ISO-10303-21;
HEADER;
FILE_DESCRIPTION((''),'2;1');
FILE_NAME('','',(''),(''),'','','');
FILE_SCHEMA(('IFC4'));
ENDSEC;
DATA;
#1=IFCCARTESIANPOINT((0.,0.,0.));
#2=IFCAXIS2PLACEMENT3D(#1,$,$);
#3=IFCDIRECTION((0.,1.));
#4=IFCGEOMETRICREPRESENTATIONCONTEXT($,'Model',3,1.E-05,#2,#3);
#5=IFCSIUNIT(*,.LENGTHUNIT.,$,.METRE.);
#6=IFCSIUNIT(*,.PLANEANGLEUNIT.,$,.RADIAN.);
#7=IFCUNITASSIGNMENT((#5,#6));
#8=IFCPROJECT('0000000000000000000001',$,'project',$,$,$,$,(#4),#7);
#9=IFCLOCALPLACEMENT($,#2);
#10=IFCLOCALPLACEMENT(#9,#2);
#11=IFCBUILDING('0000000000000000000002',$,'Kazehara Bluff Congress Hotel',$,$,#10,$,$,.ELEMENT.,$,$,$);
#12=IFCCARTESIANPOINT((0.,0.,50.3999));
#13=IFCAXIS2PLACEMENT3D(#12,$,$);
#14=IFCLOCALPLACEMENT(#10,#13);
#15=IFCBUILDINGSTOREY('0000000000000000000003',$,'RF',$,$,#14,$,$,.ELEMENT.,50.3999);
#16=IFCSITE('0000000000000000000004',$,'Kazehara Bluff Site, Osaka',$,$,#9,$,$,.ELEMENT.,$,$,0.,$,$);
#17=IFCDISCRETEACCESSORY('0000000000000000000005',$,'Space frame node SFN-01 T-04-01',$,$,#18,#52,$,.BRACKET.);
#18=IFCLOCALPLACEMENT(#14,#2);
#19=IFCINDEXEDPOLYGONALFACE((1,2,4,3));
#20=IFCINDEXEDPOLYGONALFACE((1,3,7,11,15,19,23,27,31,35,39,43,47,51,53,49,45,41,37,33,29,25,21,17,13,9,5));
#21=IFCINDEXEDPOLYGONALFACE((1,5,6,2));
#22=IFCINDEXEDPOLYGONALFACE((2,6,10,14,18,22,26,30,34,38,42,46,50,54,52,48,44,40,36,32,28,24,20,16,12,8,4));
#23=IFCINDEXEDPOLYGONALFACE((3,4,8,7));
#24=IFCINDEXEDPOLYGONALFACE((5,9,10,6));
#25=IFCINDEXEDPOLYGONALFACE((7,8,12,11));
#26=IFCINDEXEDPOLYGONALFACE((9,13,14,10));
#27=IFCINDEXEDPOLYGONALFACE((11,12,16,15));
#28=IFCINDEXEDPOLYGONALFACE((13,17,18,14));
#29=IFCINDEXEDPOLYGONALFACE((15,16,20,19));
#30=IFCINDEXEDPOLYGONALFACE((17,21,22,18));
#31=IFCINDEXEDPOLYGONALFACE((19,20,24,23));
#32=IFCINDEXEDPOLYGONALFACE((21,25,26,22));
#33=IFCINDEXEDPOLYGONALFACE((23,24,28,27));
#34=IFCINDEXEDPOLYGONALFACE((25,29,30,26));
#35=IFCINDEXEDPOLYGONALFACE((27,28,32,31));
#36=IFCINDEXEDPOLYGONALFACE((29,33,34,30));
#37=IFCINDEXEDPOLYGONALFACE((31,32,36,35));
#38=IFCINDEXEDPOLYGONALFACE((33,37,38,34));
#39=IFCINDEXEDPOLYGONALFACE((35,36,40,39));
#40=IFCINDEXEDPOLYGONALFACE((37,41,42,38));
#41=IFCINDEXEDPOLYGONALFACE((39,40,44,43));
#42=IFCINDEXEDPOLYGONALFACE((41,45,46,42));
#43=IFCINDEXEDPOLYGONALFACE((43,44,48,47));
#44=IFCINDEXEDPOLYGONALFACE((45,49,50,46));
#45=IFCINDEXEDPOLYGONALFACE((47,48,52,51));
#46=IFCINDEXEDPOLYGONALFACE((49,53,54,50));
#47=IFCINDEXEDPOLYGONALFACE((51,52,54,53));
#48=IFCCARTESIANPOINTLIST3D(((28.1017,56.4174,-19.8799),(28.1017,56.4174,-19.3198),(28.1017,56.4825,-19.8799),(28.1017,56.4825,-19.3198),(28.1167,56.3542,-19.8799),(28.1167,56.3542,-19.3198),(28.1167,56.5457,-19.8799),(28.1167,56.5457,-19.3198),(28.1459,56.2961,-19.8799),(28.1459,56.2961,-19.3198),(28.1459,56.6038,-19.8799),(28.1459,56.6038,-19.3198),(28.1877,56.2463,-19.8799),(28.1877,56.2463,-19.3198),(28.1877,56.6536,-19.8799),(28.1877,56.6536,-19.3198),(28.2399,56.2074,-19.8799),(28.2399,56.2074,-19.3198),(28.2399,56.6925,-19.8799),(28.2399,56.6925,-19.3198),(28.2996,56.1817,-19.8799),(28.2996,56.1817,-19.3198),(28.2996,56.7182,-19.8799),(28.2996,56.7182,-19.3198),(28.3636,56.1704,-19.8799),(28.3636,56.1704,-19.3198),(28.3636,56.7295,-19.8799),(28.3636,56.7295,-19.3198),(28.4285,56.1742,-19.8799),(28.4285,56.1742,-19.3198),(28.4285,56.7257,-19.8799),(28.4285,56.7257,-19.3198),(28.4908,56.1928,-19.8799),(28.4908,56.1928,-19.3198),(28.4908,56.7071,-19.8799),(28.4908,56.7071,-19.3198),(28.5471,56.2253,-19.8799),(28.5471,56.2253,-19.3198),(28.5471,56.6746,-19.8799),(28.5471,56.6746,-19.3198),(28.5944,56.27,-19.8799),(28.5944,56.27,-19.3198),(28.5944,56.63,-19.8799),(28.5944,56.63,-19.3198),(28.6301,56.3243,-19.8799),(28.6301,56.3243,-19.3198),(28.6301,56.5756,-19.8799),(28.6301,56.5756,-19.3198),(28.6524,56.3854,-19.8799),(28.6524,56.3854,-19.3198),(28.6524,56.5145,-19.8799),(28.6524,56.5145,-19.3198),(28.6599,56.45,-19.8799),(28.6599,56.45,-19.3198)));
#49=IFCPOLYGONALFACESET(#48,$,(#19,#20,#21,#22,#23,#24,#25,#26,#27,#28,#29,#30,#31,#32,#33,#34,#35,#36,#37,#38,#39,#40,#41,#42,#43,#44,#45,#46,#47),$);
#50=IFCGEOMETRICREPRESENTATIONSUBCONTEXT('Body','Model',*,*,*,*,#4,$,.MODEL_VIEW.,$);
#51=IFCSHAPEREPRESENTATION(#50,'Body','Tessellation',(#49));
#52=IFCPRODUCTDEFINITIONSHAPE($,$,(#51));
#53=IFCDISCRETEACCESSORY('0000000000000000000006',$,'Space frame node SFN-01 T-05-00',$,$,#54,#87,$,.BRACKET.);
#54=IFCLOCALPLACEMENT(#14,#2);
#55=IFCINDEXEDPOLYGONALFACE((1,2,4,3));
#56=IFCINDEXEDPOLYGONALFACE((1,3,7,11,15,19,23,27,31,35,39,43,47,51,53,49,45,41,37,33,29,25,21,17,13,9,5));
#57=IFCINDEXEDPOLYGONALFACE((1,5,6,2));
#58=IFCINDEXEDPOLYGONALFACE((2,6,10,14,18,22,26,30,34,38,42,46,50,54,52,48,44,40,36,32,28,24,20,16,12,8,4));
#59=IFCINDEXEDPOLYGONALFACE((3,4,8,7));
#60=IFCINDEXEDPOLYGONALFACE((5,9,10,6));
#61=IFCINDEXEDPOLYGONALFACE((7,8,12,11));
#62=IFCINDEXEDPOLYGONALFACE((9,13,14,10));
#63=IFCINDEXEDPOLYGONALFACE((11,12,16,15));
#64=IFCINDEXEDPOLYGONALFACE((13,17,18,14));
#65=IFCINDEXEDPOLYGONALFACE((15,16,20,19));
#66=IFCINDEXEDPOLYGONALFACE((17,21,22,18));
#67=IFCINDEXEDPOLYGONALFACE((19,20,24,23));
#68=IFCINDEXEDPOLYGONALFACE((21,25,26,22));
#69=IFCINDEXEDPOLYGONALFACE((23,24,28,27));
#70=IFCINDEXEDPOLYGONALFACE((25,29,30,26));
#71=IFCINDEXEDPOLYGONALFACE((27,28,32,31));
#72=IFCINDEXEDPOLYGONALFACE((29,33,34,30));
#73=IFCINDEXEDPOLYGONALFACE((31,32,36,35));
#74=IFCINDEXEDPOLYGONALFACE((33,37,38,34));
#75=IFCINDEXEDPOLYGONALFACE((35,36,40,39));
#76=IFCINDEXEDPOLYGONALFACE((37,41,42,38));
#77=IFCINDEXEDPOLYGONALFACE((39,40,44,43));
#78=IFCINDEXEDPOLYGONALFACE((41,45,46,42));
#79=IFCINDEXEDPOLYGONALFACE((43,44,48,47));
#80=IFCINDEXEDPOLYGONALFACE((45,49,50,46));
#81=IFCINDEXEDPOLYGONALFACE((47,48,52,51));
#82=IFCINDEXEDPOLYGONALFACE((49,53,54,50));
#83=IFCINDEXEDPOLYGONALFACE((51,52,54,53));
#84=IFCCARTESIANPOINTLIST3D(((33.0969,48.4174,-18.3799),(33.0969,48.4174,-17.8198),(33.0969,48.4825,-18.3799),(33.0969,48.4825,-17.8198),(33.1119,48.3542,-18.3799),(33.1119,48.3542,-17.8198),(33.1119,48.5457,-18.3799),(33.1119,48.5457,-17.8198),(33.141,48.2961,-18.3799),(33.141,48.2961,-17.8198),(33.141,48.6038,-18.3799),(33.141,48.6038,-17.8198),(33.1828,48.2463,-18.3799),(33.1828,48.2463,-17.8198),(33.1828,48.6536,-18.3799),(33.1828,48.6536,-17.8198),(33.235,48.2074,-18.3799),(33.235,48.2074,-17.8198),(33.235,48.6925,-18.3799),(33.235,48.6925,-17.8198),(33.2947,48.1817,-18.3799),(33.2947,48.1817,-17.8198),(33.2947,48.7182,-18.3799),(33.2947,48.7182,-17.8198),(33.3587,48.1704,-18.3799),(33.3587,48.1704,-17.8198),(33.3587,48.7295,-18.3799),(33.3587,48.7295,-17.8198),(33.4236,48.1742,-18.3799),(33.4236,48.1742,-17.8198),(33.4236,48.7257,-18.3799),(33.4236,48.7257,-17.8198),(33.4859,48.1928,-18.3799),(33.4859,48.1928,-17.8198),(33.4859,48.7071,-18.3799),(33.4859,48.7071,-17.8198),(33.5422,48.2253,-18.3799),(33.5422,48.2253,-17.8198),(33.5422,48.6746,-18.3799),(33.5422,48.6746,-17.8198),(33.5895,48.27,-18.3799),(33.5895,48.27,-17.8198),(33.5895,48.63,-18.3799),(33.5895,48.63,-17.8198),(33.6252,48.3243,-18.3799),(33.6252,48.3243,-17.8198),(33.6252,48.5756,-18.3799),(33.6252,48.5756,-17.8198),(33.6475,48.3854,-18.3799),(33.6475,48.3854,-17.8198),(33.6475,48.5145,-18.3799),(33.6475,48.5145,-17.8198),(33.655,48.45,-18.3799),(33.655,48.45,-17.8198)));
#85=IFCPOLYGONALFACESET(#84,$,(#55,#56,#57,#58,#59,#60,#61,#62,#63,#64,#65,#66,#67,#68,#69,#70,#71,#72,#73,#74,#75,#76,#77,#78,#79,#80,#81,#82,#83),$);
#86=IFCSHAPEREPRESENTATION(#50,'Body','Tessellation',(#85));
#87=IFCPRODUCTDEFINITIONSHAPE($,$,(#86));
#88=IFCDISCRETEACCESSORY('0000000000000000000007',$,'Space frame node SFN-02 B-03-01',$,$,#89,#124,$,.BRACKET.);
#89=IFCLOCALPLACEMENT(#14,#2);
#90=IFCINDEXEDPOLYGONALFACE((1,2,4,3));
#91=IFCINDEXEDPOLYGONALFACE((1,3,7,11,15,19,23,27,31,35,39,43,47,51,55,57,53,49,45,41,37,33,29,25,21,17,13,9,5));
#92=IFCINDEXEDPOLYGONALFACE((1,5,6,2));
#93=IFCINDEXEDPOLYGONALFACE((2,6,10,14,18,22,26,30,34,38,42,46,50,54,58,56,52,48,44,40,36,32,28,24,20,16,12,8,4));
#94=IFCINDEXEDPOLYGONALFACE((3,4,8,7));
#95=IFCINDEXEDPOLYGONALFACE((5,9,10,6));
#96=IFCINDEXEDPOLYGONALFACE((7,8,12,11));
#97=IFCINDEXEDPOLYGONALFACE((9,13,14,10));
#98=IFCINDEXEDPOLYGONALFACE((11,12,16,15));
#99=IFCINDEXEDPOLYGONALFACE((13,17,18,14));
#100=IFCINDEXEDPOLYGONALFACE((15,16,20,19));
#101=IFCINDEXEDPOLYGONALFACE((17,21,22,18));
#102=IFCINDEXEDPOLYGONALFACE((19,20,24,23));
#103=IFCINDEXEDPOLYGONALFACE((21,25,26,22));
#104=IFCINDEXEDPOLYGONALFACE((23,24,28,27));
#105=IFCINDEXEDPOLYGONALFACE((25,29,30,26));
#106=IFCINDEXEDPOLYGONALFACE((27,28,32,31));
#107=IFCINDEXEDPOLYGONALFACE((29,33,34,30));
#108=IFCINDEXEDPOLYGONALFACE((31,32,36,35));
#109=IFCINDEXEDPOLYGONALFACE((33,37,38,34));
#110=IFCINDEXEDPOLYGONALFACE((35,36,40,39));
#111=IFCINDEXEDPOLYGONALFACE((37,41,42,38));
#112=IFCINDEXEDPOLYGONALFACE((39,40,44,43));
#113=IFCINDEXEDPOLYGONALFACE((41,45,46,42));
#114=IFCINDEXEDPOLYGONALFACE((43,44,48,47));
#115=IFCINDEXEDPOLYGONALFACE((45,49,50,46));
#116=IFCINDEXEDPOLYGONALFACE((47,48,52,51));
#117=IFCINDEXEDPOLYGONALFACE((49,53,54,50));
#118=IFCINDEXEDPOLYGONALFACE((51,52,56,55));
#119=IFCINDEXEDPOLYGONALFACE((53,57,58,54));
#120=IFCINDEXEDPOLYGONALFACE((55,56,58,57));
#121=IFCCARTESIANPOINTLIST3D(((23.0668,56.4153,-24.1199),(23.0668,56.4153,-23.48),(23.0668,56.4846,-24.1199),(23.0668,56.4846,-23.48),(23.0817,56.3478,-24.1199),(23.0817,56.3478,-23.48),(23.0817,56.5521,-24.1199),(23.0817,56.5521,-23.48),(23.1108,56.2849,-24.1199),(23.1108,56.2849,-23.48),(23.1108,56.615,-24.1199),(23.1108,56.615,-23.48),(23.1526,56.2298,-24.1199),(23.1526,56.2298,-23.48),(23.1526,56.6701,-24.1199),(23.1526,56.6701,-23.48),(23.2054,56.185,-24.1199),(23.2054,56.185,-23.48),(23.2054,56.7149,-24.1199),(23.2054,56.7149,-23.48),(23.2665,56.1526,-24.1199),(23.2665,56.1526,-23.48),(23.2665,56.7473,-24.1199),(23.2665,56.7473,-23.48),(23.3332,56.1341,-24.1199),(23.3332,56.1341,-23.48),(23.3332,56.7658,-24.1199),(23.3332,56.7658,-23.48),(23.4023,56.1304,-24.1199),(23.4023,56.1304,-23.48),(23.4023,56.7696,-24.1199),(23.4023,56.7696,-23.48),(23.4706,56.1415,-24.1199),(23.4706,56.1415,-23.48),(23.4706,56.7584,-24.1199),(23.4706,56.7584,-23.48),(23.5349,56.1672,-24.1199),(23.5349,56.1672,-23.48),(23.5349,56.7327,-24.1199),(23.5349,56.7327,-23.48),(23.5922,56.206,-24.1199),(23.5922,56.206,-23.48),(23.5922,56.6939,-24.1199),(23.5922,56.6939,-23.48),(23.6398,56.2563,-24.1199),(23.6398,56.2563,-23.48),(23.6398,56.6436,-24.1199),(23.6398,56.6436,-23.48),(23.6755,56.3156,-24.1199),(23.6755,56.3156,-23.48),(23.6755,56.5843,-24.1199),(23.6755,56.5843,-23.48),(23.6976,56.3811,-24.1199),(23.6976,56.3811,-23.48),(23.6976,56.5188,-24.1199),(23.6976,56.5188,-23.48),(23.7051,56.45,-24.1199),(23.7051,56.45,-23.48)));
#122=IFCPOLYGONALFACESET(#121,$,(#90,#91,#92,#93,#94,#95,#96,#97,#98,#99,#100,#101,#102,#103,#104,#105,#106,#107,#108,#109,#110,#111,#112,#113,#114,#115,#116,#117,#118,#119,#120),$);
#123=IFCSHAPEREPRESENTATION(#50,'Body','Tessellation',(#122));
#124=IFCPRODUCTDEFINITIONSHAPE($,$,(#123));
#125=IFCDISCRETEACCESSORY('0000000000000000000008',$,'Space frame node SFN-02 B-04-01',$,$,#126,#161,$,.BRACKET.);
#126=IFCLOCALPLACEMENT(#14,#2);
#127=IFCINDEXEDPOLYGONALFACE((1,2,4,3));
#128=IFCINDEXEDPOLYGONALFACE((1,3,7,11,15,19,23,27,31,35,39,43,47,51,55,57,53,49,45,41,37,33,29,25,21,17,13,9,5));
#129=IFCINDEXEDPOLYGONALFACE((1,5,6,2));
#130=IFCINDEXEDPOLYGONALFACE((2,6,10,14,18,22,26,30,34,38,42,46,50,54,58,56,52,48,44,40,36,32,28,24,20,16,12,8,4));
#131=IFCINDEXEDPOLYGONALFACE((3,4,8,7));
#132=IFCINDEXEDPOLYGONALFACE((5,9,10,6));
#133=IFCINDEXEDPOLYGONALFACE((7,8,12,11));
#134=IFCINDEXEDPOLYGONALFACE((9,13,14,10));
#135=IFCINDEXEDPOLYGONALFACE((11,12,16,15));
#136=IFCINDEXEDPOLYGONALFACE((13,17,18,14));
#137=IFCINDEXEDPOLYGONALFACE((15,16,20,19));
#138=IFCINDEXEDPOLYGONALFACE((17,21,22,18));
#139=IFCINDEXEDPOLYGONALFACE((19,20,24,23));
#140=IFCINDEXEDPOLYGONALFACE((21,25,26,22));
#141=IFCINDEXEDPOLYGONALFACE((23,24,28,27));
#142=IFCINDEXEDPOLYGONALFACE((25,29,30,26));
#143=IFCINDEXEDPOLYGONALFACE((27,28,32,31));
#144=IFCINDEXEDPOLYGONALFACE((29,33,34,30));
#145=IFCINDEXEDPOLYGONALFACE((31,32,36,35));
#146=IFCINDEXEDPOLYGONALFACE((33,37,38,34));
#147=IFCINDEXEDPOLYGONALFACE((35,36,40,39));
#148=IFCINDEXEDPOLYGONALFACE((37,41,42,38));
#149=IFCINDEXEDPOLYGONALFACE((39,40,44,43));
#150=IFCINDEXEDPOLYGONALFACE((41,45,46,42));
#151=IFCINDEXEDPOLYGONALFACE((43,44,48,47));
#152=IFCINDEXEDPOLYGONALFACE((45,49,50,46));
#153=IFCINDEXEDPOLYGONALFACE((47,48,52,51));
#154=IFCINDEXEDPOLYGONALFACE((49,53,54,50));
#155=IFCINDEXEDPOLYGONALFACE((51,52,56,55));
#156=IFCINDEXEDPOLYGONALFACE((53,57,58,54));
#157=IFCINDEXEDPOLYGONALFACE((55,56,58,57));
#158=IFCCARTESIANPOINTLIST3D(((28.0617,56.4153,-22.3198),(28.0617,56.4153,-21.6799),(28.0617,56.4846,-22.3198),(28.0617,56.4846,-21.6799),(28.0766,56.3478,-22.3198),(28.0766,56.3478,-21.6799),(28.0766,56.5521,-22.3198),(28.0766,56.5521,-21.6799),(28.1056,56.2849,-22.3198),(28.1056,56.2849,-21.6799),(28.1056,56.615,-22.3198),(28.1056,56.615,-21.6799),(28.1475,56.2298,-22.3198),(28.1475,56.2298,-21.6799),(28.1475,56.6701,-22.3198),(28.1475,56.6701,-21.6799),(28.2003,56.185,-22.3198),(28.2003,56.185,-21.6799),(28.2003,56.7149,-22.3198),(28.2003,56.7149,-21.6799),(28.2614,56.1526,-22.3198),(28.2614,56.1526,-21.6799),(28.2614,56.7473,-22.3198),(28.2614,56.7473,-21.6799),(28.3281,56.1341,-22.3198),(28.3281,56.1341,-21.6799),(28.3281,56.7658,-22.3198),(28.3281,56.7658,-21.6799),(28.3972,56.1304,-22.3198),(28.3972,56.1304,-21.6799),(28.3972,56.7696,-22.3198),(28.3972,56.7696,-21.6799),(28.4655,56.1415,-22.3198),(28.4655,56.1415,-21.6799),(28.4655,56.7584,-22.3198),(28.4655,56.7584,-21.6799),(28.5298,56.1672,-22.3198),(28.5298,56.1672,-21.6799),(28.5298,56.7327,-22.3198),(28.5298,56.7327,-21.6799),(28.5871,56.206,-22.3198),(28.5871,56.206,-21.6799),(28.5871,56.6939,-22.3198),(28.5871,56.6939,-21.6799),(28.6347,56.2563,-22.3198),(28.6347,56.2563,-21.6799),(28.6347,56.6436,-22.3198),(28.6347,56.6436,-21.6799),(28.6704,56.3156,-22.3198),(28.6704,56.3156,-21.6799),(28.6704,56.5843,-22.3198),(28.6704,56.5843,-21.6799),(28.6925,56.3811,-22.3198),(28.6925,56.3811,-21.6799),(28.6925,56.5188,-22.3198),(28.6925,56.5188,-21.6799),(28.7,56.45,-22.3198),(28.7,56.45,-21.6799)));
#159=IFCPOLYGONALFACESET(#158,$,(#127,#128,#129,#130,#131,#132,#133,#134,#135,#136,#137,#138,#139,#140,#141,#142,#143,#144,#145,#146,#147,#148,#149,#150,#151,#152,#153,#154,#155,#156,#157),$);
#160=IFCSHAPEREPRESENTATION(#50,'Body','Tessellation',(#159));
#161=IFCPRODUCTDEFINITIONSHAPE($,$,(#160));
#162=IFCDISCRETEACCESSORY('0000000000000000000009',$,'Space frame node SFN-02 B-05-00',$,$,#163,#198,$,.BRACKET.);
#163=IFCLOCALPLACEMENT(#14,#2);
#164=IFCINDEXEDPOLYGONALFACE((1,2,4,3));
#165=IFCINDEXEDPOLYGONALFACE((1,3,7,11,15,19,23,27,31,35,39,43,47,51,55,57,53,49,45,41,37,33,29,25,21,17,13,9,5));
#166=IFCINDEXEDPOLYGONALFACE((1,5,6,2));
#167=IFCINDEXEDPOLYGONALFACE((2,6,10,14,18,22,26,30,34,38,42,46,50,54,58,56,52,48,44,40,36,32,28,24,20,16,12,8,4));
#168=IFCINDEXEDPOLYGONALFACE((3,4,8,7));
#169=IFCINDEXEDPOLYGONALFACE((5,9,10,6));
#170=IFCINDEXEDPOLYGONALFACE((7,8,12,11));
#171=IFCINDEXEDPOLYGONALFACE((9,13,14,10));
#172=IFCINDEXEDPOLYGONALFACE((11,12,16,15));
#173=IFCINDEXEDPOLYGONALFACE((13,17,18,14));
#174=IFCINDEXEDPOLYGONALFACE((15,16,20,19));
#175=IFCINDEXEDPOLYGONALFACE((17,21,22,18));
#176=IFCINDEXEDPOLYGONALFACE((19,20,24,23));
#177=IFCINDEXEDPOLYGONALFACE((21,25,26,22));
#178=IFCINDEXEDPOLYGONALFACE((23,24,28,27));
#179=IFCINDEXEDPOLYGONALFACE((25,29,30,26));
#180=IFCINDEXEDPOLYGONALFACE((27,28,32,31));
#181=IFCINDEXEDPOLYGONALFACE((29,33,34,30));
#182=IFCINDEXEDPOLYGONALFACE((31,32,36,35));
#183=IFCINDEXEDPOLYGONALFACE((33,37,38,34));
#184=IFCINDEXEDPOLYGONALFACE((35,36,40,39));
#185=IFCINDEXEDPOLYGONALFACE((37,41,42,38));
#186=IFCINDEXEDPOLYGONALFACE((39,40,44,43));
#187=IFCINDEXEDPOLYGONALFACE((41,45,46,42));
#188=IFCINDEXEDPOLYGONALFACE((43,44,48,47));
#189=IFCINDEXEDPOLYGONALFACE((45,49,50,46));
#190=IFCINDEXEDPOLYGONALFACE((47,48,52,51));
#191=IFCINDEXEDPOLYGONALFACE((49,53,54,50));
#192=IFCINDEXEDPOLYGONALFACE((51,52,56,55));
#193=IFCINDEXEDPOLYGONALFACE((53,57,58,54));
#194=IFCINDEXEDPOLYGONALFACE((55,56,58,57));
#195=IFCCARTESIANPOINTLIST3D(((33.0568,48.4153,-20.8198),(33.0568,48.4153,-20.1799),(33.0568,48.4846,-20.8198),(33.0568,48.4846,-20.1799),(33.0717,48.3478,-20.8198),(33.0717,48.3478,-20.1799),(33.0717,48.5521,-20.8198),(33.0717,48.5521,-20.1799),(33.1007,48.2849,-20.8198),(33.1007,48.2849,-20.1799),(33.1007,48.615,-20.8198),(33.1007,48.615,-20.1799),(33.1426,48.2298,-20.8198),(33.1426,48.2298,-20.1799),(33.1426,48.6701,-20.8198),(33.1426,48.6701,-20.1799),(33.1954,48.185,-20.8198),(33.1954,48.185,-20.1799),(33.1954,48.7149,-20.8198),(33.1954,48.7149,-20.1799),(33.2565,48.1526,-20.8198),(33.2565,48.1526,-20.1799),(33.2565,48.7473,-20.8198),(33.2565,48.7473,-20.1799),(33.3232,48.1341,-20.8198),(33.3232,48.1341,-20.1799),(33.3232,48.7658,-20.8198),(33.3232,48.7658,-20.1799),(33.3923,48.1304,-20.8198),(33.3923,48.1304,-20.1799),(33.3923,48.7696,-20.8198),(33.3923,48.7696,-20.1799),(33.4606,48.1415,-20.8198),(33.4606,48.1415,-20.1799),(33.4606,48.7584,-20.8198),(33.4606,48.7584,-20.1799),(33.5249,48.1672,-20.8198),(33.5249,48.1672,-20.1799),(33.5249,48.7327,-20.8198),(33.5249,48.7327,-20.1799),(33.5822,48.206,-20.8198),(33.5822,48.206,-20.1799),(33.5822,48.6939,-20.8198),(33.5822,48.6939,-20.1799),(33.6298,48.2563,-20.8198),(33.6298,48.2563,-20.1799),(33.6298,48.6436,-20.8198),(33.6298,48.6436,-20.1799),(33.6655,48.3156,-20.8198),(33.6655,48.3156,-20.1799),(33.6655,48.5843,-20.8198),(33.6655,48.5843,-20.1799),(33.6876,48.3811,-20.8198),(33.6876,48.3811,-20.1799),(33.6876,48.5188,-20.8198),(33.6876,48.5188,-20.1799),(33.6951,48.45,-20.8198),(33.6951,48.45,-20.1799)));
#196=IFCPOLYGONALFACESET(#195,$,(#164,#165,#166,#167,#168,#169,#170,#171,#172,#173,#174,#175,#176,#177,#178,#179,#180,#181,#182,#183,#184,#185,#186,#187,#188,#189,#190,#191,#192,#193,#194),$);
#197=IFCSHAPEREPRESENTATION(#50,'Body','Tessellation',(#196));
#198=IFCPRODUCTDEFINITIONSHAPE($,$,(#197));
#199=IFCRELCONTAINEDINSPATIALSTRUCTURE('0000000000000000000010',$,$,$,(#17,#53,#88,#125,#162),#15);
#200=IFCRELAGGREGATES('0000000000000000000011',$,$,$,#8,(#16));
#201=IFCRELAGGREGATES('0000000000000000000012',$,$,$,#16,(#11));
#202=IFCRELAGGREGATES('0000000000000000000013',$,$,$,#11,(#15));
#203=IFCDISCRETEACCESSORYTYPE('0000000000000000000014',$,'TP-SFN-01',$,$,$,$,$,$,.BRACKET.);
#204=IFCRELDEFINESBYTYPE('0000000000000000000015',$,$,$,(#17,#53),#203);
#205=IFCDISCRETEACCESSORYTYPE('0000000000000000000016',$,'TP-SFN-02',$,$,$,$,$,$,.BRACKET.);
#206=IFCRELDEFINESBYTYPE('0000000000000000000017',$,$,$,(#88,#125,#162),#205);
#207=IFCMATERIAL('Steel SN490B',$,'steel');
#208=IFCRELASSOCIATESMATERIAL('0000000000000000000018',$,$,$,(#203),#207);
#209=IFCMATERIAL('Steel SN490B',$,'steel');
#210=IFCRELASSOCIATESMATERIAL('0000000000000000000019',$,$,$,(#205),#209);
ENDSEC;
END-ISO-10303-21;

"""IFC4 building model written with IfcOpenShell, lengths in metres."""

from ifc_helpers import new_model, si_unit, direction, frame, origin, origin_2d, place, context, subcontext, project, spatial, circle, extrude, material, material_profile, profile_set, type_object, element, save


model = new_model("IFC4")

# Units and contexts
model_context = context("Model", 3, precision=1e-05, world=origin(), true_north=direction((0.0, 1.0)))
body_context = subcontext(model_context, "Body", "Model", "MODEL_VIEW")
ifc_project = project(units=[si_unit("LENGTHUNIT", "METRE"), si_unit("PLANEANGLEUNIT", "RADIAN")], contexts=[model_context])

# Site, building, storey
site_placement = place(None, origin())
site = spatial("IfcSite", under=ifc_project, at=site_placement, Name="Kazehara Bluff Site, Osaka", CompositionType="ELEMENT", RefElevation=0.0)
building_placement = place(site_placement, origin())
building = spatial("IfcBuilding", under=site, at=building_placement, Name="Kazehara Bluff Congress Hotel", CompositionType="ELEMENT")
storey_placement = place(building_placement, frame((0.0, 0.0, 50.3999)))
storey = spatial("IfcBuildingStorey", under=building, at=storey_placement, Name="RF", CompositionType="ELEMENT", Elevation=50.3999)

# Discrete accessories
ifc_material_1 = material(Name="Steel SN490B", Category="steel")
ifc_material_profile_1 = material_profile(ifc_material_1, circle(Radius=0.28, at=origin_2d()))
ifc_profile_set_1 = profile_set([ifc_material_profile_1], Name="Steel SN490B")
discrete_accessory_type_1 = type_object("IfcDiscreteAccessoryType", Name="TP-SFN-01", PredefinedType="BRACKET", material=ifc_profile_set_1)
for number, where, z_axis, x_axis, name in (
    (1, (28.3799, 56.45, -19.8799), (0.0, 0.0, 1.0), (1.0, 0.0, 0.0), "Space frame node SFN-01 T-04-01"),
    (2, (33.375, 48.45, -18.3799), (0.0, 0.0, 1.0), (1.0, 0.0, 0.0), "Space frame node SFN-01 T-05-00"),
):
    element("IfcDiscreteAccessory", number, at=place(storey_placement, frame(where, z_axis=z_axis, x_axis=x_axis)), inside=storey, type_object=discrete_accessory_type_1, Name=name, PredefinedType="BRACKET", context=body_context, shape_type="SweptSolid", body=[
        extrude(circle(Radius=0.28, at=origin_2d()), origin(), (0.0, 0.0, 1.0), 0.5601),
    ])
ifc_material_2 = material(Name="Steel SN490B", Category="steel")
ifc_material_profile_2 = material_profile(ifc_material_2, circle(Radius=0.3201, at=origin_2d()))
ifc_profile_set_2 = profile_set([ifc_material_profile_2], Name="Steel SN490B")
discrete_accessory_type_2 = type_object("IfcDiscreteAccessoryType", Name="TP-SFN-02", PredefinedType="BRACKET", material=ifc_profile_set_2)
for number, where, z_axis, x_axis, name in (
    (3, (23.385, 56.45, -24.1199), (0.0, 0.0, 1.0), (1.0, 0.0, 0.0), "Space frame node SFN-02 B-03-01"),
    (4, (28.3799, 56.45, -22.3198), (0.0, 0.0, 1.0), (1.0, 0.0, 0.0), "Space frame node SFN-02 B-04-01"),
    (5, (33.375, 48.45, -20.8198), (0.0, 0.0, 1.0), (1.0, 0.0, 0.0), "Space frame node SFN-02 B-05-00"),
):
    element("IfcDiscreteAccessory", number, at=place(storey_placement, frame(where, z_axis=z_axis, x_axis=x_axis)), inside=storey, type_object=discrete_accessory_type_2, Name=name, PredefinedType="BRACKET", context=body_context, shape_type="SweptSolid", body=[
        extrude(circle(Radius=0.3201, at=origin_2d()), origin(), (0.0, 0.0, 1.0), 0.6399),
    ])

save(model, "model.ifc")
